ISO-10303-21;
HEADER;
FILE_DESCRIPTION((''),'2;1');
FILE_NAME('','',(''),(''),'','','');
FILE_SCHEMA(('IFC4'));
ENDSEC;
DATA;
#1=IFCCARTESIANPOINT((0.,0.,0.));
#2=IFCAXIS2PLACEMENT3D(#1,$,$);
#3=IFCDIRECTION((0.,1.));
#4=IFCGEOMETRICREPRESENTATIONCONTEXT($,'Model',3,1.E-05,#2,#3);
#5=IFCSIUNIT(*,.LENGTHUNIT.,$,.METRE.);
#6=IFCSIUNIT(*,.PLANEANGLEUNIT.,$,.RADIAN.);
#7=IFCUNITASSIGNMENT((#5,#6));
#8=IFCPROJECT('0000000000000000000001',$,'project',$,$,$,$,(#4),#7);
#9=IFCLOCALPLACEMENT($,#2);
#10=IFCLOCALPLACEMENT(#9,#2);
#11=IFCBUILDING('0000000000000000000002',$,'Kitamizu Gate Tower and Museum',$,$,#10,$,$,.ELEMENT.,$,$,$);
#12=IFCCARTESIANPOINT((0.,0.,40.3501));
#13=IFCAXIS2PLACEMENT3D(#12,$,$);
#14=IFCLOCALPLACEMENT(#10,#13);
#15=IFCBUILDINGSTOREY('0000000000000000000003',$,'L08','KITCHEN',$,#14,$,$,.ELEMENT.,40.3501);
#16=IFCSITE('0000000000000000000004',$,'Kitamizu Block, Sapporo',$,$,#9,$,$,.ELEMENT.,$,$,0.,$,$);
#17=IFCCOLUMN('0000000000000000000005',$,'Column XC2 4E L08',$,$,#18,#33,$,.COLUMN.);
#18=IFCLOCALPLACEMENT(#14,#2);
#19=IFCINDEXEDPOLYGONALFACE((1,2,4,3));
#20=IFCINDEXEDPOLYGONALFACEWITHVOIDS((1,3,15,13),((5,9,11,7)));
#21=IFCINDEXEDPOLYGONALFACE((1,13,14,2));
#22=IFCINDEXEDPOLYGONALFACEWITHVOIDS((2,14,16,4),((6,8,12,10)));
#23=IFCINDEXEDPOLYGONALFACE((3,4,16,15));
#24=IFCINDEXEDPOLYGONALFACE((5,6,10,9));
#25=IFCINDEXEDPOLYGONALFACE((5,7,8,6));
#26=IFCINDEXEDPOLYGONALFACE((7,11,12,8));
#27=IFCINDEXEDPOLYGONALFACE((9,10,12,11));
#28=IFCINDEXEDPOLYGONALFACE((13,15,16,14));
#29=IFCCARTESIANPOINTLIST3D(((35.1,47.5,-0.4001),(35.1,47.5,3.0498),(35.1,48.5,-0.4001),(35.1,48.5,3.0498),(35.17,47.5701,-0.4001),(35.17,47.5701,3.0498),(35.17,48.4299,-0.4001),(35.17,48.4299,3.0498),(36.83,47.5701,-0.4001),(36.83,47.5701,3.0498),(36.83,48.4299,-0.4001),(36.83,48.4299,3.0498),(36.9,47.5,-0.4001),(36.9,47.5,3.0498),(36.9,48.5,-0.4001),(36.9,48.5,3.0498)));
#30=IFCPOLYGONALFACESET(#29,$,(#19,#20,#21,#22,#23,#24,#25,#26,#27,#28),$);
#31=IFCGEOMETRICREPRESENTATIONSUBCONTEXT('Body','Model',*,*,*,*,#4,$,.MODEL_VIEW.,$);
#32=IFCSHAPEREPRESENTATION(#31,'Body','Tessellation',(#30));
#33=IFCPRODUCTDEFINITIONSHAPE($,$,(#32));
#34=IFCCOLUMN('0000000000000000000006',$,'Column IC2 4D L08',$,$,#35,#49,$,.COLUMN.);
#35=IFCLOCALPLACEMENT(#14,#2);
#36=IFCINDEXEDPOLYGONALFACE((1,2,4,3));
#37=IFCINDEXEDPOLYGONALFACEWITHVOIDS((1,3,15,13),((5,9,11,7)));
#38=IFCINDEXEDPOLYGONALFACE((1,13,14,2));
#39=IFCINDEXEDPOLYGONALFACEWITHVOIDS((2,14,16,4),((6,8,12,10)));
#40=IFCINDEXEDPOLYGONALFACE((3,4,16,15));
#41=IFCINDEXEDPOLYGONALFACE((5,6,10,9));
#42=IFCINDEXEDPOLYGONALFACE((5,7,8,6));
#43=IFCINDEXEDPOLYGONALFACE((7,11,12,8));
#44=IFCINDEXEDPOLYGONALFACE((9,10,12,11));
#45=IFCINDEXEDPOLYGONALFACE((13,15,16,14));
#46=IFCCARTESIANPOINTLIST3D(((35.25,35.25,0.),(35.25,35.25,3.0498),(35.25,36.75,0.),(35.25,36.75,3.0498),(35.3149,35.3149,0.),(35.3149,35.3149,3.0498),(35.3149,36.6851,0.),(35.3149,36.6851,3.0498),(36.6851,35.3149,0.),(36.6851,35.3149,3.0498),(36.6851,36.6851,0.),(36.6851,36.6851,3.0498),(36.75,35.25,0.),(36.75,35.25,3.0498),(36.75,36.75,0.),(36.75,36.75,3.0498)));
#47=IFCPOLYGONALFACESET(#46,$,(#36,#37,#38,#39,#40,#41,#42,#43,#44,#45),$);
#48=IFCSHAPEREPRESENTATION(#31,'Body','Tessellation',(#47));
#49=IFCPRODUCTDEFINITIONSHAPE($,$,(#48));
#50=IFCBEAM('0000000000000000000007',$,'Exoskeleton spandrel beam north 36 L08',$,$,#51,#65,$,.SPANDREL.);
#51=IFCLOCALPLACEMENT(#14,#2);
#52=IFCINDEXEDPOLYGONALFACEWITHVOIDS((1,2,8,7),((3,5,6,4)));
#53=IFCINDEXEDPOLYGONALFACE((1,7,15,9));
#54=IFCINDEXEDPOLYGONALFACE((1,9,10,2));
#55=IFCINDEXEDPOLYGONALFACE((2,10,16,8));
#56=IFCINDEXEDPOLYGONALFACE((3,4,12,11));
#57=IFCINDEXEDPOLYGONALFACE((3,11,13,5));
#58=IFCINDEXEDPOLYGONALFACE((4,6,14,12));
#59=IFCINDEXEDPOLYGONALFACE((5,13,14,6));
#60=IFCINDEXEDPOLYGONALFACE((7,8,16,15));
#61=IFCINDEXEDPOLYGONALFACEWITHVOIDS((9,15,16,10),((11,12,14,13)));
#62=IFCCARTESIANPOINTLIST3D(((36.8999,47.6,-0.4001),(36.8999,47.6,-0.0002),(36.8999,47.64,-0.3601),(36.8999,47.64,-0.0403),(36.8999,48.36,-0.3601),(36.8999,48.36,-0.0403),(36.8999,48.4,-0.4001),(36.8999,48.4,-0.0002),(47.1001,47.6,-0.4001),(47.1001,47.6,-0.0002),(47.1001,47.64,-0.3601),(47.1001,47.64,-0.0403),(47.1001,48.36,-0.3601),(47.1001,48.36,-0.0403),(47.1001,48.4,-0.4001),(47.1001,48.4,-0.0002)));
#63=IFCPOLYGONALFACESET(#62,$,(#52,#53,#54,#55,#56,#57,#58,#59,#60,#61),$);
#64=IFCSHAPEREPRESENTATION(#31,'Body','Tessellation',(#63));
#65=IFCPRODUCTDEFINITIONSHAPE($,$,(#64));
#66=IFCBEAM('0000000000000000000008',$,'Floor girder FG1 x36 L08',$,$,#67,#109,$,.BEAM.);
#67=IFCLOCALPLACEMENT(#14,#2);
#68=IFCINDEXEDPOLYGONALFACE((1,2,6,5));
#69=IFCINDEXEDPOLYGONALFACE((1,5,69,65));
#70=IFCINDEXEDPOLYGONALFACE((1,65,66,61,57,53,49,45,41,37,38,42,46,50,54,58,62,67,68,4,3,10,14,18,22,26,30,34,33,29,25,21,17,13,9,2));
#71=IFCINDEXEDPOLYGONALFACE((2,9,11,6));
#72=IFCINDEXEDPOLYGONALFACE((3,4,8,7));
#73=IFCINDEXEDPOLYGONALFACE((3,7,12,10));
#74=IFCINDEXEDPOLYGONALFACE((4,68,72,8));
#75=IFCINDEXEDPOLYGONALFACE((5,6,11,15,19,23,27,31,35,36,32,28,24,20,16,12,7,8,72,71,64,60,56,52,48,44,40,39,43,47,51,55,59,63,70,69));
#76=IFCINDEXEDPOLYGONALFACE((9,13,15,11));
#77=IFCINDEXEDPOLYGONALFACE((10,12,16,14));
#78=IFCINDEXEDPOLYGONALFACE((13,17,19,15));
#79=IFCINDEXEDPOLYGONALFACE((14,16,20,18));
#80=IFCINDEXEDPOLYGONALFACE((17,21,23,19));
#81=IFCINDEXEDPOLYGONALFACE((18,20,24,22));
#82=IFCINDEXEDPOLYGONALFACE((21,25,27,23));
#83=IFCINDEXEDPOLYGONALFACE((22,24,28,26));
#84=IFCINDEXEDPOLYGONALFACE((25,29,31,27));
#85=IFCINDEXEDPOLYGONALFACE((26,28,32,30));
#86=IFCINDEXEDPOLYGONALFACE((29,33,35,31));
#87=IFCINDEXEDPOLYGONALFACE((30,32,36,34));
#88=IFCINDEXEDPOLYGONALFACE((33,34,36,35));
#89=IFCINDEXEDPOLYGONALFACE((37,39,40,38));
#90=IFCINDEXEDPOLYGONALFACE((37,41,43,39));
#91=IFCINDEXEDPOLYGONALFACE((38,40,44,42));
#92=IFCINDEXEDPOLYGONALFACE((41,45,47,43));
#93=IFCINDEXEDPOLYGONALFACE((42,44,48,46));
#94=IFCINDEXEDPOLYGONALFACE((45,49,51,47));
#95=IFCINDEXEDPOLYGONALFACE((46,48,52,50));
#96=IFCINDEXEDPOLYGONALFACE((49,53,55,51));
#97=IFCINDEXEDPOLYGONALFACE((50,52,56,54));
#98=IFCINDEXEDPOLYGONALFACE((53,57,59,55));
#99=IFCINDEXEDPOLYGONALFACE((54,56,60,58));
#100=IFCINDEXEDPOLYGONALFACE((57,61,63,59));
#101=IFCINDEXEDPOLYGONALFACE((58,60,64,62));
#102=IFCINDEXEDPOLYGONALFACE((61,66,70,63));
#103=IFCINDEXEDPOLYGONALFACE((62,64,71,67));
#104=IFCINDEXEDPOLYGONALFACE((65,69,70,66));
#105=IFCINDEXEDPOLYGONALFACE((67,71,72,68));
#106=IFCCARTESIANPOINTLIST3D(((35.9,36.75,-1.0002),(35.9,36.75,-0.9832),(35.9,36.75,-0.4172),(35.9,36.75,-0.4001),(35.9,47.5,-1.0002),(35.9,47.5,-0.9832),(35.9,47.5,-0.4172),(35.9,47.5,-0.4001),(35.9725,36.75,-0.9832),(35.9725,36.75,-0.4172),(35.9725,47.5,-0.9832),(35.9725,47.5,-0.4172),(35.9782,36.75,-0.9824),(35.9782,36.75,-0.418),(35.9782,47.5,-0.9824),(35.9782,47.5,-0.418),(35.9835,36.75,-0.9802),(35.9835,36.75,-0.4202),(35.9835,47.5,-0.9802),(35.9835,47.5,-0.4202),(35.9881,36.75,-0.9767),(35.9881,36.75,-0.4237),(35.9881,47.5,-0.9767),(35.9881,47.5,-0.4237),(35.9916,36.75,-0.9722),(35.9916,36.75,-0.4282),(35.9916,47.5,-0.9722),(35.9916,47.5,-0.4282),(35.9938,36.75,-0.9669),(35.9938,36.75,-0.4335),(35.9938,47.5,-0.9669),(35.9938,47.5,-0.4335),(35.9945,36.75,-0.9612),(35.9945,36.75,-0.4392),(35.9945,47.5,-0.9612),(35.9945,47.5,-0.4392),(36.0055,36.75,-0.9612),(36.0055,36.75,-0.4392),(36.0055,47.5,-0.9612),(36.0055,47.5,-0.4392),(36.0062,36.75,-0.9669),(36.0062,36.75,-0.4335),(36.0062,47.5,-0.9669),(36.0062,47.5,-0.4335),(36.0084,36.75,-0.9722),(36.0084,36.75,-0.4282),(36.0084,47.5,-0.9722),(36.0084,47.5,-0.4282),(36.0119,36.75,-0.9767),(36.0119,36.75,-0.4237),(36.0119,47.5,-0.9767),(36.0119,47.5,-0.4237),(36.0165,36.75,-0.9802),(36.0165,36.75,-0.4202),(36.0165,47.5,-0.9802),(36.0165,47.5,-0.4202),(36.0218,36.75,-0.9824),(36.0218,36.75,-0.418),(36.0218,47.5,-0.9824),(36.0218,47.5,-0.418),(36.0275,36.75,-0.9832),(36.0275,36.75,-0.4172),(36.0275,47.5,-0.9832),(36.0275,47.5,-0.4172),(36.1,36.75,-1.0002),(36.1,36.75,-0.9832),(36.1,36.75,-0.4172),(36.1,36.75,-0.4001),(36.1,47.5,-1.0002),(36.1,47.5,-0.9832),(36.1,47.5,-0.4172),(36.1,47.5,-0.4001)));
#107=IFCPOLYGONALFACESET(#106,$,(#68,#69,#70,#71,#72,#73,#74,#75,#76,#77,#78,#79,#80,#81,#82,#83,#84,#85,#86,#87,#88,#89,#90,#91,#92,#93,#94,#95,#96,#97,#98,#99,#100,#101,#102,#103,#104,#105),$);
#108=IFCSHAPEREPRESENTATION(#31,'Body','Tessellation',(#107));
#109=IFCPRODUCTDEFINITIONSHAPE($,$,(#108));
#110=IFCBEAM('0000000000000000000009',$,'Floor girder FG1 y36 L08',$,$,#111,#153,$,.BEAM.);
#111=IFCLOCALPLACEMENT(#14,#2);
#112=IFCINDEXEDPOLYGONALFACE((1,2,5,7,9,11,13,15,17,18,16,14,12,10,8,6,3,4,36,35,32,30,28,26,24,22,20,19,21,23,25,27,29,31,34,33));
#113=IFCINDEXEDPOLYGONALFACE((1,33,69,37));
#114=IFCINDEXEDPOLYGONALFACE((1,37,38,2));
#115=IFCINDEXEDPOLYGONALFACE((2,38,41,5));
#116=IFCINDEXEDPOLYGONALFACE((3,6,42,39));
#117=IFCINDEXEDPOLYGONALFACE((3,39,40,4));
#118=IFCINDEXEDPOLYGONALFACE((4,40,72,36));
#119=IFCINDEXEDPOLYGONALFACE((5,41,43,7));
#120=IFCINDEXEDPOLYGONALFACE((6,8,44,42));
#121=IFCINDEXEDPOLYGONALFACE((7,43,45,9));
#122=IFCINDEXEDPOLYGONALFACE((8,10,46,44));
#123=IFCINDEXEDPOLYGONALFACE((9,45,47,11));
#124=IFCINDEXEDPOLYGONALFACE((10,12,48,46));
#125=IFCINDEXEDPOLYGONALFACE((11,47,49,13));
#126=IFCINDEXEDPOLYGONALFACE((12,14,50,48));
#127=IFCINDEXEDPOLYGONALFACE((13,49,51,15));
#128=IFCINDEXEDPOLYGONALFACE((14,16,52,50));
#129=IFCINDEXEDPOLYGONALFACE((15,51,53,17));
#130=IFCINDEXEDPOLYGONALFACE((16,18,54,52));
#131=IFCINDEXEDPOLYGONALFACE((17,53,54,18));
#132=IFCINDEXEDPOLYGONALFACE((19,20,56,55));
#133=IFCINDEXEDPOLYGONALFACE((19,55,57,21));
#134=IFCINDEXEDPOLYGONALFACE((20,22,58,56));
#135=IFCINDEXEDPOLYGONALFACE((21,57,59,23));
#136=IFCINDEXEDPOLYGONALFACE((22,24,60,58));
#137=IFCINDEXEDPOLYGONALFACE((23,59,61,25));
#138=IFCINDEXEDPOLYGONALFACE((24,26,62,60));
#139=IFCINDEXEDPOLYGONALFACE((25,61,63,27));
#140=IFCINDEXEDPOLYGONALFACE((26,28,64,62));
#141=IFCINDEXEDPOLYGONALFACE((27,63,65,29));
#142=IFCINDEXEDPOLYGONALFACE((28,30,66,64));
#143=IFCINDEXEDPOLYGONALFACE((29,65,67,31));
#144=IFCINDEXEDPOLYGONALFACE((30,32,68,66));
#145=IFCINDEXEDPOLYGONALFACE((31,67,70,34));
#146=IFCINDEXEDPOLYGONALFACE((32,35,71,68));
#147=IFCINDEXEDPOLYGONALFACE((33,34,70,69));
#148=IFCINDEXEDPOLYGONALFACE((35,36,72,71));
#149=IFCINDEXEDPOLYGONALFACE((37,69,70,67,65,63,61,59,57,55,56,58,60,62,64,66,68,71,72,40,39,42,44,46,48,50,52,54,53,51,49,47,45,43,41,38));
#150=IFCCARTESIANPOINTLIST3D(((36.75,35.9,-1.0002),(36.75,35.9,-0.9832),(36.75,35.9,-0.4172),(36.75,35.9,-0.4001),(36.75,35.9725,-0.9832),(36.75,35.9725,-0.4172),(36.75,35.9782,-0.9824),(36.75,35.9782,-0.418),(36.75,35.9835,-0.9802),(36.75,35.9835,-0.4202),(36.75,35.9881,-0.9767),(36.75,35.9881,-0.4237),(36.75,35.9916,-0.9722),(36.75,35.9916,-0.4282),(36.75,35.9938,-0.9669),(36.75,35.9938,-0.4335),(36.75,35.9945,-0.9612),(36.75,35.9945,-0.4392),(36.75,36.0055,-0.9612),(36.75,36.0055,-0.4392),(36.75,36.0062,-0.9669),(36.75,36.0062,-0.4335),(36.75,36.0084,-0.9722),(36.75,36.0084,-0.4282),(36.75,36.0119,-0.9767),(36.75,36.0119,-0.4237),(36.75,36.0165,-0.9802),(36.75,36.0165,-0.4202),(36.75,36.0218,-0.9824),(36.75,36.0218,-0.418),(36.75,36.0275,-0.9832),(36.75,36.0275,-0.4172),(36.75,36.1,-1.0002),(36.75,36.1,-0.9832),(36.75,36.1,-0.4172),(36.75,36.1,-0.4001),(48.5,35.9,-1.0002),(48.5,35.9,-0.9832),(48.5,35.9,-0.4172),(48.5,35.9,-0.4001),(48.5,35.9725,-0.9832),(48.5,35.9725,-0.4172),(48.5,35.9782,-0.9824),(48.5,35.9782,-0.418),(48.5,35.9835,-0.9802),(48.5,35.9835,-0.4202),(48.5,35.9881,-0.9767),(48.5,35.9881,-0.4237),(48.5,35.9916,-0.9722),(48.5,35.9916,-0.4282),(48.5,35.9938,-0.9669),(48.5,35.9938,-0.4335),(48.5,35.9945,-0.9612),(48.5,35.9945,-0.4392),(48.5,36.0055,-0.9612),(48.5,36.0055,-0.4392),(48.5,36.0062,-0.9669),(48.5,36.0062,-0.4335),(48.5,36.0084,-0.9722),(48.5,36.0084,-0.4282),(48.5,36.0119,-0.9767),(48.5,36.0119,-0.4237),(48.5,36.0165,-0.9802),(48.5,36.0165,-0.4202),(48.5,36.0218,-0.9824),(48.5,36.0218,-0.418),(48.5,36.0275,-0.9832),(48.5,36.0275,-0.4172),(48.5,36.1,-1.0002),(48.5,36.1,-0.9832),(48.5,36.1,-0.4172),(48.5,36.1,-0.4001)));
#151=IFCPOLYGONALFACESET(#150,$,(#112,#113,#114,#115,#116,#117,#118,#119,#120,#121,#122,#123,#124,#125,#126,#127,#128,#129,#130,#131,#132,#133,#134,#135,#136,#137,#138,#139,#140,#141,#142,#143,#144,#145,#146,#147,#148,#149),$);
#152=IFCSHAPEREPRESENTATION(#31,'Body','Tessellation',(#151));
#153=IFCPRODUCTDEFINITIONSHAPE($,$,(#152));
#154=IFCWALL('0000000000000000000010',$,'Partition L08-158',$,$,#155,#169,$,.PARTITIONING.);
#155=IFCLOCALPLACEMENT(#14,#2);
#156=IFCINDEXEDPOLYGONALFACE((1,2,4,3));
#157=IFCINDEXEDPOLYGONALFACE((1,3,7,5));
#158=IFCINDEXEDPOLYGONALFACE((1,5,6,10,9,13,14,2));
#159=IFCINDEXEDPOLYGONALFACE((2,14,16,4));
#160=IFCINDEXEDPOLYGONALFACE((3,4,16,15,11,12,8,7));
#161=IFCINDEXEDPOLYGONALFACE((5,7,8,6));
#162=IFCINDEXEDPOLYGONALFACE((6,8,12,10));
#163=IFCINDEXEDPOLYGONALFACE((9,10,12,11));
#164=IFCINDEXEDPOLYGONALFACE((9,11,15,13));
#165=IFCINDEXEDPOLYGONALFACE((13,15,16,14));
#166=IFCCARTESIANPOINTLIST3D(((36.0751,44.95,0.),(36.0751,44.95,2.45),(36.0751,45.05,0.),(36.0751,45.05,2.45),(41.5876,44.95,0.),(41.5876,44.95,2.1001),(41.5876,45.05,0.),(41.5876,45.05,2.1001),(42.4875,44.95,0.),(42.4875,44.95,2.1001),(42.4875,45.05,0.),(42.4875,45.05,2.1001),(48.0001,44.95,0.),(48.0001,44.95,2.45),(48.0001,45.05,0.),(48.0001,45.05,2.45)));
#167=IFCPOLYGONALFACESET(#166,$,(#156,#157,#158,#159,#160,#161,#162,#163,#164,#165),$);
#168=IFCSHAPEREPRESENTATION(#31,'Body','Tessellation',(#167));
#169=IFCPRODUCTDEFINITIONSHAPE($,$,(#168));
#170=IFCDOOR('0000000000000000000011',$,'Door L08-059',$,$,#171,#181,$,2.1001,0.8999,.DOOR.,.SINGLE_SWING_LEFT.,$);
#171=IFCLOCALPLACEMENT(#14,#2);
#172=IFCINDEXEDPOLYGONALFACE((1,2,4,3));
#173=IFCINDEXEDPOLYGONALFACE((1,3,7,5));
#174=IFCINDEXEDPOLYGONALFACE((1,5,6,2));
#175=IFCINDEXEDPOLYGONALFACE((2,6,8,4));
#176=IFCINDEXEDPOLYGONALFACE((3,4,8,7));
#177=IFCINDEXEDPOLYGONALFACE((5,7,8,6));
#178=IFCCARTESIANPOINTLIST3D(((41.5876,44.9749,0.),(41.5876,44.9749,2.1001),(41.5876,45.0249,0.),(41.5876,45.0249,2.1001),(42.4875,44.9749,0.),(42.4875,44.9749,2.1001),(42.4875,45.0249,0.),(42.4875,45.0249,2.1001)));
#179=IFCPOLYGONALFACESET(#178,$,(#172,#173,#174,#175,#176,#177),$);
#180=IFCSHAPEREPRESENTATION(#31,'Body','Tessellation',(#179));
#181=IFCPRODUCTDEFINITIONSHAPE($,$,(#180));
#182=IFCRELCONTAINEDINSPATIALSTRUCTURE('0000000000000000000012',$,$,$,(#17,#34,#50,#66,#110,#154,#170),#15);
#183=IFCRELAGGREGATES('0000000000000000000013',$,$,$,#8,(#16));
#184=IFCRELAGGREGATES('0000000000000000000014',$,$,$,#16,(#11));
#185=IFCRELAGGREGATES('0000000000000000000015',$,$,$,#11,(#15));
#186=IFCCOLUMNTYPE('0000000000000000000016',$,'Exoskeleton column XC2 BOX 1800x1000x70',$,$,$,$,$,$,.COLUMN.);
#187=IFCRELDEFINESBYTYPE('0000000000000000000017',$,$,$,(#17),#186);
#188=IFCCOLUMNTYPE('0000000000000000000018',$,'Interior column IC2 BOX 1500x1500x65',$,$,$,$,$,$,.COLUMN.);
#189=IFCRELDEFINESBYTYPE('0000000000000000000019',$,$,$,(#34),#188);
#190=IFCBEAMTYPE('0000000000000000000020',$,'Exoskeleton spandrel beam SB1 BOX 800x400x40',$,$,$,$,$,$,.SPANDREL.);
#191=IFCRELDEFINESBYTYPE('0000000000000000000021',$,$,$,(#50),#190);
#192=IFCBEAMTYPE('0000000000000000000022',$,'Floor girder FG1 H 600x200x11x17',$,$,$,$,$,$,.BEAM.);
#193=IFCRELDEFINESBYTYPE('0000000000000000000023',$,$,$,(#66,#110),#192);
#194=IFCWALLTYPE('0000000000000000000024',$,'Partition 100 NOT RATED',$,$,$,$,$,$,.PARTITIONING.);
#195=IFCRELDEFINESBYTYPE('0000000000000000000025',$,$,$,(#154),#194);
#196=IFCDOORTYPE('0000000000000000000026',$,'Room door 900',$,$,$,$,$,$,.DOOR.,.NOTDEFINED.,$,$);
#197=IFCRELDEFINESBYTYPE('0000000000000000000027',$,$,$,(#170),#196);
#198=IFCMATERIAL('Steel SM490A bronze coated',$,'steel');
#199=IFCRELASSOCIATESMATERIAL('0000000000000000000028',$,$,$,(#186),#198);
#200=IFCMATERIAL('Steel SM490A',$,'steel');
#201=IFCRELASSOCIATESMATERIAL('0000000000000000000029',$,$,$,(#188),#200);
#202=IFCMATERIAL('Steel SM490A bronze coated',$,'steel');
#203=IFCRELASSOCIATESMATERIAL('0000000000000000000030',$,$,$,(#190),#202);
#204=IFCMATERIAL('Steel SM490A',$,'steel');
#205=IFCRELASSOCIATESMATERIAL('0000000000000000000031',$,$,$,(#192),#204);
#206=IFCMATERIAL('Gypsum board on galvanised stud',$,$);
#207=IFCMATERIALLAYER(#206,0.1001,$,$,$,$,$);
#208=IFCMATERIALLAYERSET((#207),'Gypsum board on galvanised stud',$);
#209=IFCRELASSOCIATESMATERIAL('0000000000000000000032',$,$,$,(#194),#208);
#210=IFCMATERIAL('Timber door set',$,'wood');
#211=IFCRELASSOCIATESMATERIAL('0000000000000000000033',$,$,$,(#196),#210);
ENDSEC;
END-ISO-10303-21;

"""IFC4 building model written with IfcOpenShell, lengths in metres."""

from ifc_helpers import new_model, si_unit, direction, frame, frame_2d, origin, origin_2d, place, context, subcontext, project, spatial, rectangle, hollow_rectangle, i_section, extrude, material, layer, layer_set, material_profile, profile_set, type_object, element, fill, save


model = new_model("IFC4")

# Units and contexts
model_context = context("Model", 3, precision=1e-05, world=origin(), true_north=direction((0.0, 1.0)))
body_context = subcontext(model_context, "Body", "Model", "MODEL_VIEW")
ifc_project = project(units=[si_unit("LENGTHUNIT", "METRE"), si_unit("PLANEANGLEUNIT", "RADIAN")], contexts=[model_context])

# Site, building, storey
site_placement = place(None, origin())
site = spatial("IfcSite", under=ifc_project, at=site_placement, Name="Kitamizu Block, Sapporo", CompositionType="ELEMENT", RefElevation=0.0)
building_placement = place(site_placement, origin())
building = spatial("IfcBuilding", under=site, at=building_placement, Name="Kitamizu Gate Tower and Museum", CompositionType="ELEMENT")
storey_placement = place(building_placement, frame((0.0, 0.0, 40.3501)))
storey = spatial("IfcBuildingStorey", under=building, at=storey_placement, Name="L08", Description="KITCHEN", CompositionType="ELEMENT", Elevation=40.3501)

# Columns
ifc_material_1 = material(Name="Steel SM490A bronze coated", Category="steel")
ifc_material_profile_1 = material_profile(ifc_material_1, hollow_rectangle(XDim=1.8, YDim=1.0, WallThickness=0.0701, at=origin_2d()), Name="BOX 1800x1000x70")
ifc_profile_set_1 = profile_set([ifc_material_profile_1], Name="Steel SM490A bronze coated")
column_type_1 = type_object("IfcColumnType", Name="Exoskeleton column XC2 BOX 1800x1000x70", PredefinedType="COLUMN", material=ifc_profile_set_1)
column_1_placement = place(storey_placement, frame((36.0, 48.0, -0.4001), z_axis=(0.0, 0.0, 1.0), x_axis=(1.0, 0.0, 0.0)))
element("IfcColumn", 1, at=column_1_placement, inside=storey, type_object=column_type_1, Name="Column XC2 4E L08", PredefinedType="COLUMN", context=body_context, shape_type="SweptSolid", body=[
    extrude(hollow_rectangle(XDim=1.8, YDim=1.0, WallThickness=0.0701, at=origin_2d()), origin(), (0.0, 0.0, 1.0), 3.45),
])
ifc_material_2 = material(Name="Steel SM490A", Category="steel")
ifc_material_profile_2 = material_profile(ifc_material_2, hollow_rectangle(XDim=1.5, YDim=1.5, WallThickness=0.0649, at=origin_2d()), Name="BOX 1500x1500x65")
ifc_profile_set_2 = profile_set([ifc_material_profile_2], Name="Steel SM490A")
column_type_2 = type_object("IfcColumnType", Name="Interior column IC2 BOX 1500x1500x65", PredefinedType="COLUMN", material=ifc_profile_set_2)
column_2_placement = place(storey_placement, frame((36.0, 36.0, 0.0), z_axis=(0.0, 0.0, 1.0), x_axis=(1.0, 0.0, 0.0)))
element("IfcColumn", 2, at=column_2_placement, inside=storey, type_object=column_type_2, Name="Column IC2 4D L08", PredefinedType="COLUMN", context=body_context, shape_type="SweptSolid", body=[
    extrude(hollow_rectangle(XDim=1.5, YDim=1.5, WallThickness=0.0649, at=origin_2d()), origin(), (0.0, 0.0, 1.0), 3.0498),
])

# Beams
ifc_material_3 = material(Name="Steel SM490A bronze coated", Category="steel")
ifc_material_profile_3 = material_profile(ifc_material_3, hollow_rectangle(XDim=0.8, YDim=0.3999, WallThickness=0.04, at=origin_2d()), Name="BOX 800x400x40")
ifc_profile_set_3 = profile_set([ifc_material_profile_3], Name="Steel SM490A bronze coated")
beam_type_1 = type_object("IfcBeamType", Name="Exoskeleton spandrel beam SB1 BOX 800x400x40", PredefinedType="SPANDREL", material=ifc_profile_set_3)
beam_1_placement = place(storey_placement, frame((36.8999, 48.0, -0.2002), z_axis=(1.0, 0.0, 0.0), x_axis=(0.0, 1.0, 0.0)))
element("IfcBeam", 3, at=beam_1_placement, inside=storey, type_object=beam_type_1, Name="Exoskeleton spandrel beam north 36 L08", PredefinedType="SPANDREL", context=body_context, shape_type="SweptSolid", body=[
    extrude(hollow_rectangle(XDim=0.8, YDim=0.3999, WallThickness=0.04, at=origin_2d()), origin(), (0.0, 0.0, 1.0), 10.2002),
])
ifc_material_4 = material(Name="Steel SM490A", Category="steel")
ifc_material_profile_4 = material_profile(ifc_material_4, i_section(OverallWidth=0.2, OverallDepth=0.6001, WebThickness=0.011, FlangeThickness=0.0171, FilletRadius=0.022, at=origin_2d()), Name="H-600x200x11x17")
ifc_profile_set_4 = profile_set([ifc_material_profile_4], Name="Steel SM490A")
beam_type_2 = type_object("IfcBeamType", Name="Floor girder FG1 H 600x200x11x17", PredefinedType="BEAM", material=ifc_profile_set_4)
beam_2_placement = place(storey_placement, frame((36.0, 36.75, -0.7002), z_axis=(0.0, 1.0, 0.0), x_axis=(-1.0, 0.0, 0.0)))
element("IfcBeam", 4, at=beam_2_placement, inside=storey, type_object=beam_type_2, Name="Floor girder FG1 x36 L08", PredefinedType="BEAM", context=body_context, shape_type="SweptSolid", body=[
    extrude(i_section(OverallWidth=0.2, OverallDepth=0.6001, WebThickness=0.011, FlangeThickness=0.0171, FilletRadius=0.022, at=origin_2d()), origin(), (0.0, 0.0, 1.0), 10.75),
])
beam_3_placement = place(storey_placement, frame((36.75, 36.0, -0.7002), z_axis=(1.0, 0.0, 0.0), x_axis=(0.0, 1.0, 0.0)))
element("IfcBeam", 5, at=beam_3_placement, inside=storey, type_object=beam_type_2, Name="Floor girder FG1 y36 L08", PredefinedType="BEAM", context=body_context, shape_type="SweptSolid", body=[
    extrude(i_section(OverallWidth=0.2, OverallDepth=0.6001, WebThickness=0.011, FlangeThickness=0.0171, FilletRadius=0.022, at=origin_2d()), origin(), (0.0, 0.0, 1.0), 11.75),
])

# Wall, opening, door
ifc_material_5 = material(Name="Gypsum board on galvanised stud")
ifc_layer_1 = layer(ifc_material_5, 0.1001)
ifc_layer_set_1 = layer_set([ifc_layer_1], Name="Gypsum board on galvanised stud")
wall_type_1 = type_object("IfcWallType", Name="Partition 100 NOT RATED", PredefinedType="PARTITIONING", material=ifc_layer_set_1)
wall_1_placement = place(storey_placement, frame((48.0, 45.0, 0.0), z_axis=(0.0, 0.0, 1.0), x_axis=(-1.0, 0.0, 0.0)))
wall_1 = element("IfcWall", 6, at=wall_1_placement, inside=storey, type_object=wall_type_1, Name="Partition L08-158", PredefinedType="PARTITIONING", context=body_context, shape_type="SweptSolid", body=[
    extrude(rectangle(XDim=11.925, YDim=0.1001, at=frame_2d((5.9624, 0.0))), origin(), (0.0, 0.0, 1.0), 2.45),
])
opening_1_placement = place(wall_1_placement, frame((5.5125, 0.0, 0.0)))
opening_1 = element("IfcOpeningElement", 7, at=opening_1_placement, cuts=wall_1, PredefinedType="OPENING", context=body_context, shape_type="SweptSolid", body=[
    extrude(rectangle(XDim=0.8999, YDim=2.1001, at=frame_2d((0.45, 1.05))), frame((0.0, 0.0601, 0.0), z_axis=(0.0, -1.0, 0.0), x_axis=(1.0, 0.0, 0.0)), (0.0, 0.0, 1.0), 0.1201),
])
ifc_material_6 = material(Name="Timber door set", Category="wood")
door_type_1 = type_object("IfcDoorType", Name="Room door 900", OperationType="NOTDEFINED", PredefinedType="DOOR", material=ifc_material_6)
door_1_placement = place(opening_1_placement, frame((0.8999, 0.0, 0.0), x_axis=(-1.0, 0.0, 0.0)))
door_1 = element("IfcDoor", 8, at=door_1_placement, inside=storey, type_object=door_type_1, Name="Door L08-059", OperationType="SINGLE_SWING_LEFT", OverallHeight=2.1001, OverallWidth=0.8999, PredefinedType="DOOR", context=body_context, shape_type="SweptSolid", body=[
    extrude(rectangle(XDim=0.8999, YDim=2.1001, at=frame_2d((0.45, 1.05))), frame((0.0, 0.0249, 0.0), z_axis=(0.0, -1.0, 0.0), x_axis=(1.0, 0.0, 0.0)), (0.0, 0.0, 1.0), 0.05),
])
fill(opening_1, door_1)

save(model, "model.ifc")
